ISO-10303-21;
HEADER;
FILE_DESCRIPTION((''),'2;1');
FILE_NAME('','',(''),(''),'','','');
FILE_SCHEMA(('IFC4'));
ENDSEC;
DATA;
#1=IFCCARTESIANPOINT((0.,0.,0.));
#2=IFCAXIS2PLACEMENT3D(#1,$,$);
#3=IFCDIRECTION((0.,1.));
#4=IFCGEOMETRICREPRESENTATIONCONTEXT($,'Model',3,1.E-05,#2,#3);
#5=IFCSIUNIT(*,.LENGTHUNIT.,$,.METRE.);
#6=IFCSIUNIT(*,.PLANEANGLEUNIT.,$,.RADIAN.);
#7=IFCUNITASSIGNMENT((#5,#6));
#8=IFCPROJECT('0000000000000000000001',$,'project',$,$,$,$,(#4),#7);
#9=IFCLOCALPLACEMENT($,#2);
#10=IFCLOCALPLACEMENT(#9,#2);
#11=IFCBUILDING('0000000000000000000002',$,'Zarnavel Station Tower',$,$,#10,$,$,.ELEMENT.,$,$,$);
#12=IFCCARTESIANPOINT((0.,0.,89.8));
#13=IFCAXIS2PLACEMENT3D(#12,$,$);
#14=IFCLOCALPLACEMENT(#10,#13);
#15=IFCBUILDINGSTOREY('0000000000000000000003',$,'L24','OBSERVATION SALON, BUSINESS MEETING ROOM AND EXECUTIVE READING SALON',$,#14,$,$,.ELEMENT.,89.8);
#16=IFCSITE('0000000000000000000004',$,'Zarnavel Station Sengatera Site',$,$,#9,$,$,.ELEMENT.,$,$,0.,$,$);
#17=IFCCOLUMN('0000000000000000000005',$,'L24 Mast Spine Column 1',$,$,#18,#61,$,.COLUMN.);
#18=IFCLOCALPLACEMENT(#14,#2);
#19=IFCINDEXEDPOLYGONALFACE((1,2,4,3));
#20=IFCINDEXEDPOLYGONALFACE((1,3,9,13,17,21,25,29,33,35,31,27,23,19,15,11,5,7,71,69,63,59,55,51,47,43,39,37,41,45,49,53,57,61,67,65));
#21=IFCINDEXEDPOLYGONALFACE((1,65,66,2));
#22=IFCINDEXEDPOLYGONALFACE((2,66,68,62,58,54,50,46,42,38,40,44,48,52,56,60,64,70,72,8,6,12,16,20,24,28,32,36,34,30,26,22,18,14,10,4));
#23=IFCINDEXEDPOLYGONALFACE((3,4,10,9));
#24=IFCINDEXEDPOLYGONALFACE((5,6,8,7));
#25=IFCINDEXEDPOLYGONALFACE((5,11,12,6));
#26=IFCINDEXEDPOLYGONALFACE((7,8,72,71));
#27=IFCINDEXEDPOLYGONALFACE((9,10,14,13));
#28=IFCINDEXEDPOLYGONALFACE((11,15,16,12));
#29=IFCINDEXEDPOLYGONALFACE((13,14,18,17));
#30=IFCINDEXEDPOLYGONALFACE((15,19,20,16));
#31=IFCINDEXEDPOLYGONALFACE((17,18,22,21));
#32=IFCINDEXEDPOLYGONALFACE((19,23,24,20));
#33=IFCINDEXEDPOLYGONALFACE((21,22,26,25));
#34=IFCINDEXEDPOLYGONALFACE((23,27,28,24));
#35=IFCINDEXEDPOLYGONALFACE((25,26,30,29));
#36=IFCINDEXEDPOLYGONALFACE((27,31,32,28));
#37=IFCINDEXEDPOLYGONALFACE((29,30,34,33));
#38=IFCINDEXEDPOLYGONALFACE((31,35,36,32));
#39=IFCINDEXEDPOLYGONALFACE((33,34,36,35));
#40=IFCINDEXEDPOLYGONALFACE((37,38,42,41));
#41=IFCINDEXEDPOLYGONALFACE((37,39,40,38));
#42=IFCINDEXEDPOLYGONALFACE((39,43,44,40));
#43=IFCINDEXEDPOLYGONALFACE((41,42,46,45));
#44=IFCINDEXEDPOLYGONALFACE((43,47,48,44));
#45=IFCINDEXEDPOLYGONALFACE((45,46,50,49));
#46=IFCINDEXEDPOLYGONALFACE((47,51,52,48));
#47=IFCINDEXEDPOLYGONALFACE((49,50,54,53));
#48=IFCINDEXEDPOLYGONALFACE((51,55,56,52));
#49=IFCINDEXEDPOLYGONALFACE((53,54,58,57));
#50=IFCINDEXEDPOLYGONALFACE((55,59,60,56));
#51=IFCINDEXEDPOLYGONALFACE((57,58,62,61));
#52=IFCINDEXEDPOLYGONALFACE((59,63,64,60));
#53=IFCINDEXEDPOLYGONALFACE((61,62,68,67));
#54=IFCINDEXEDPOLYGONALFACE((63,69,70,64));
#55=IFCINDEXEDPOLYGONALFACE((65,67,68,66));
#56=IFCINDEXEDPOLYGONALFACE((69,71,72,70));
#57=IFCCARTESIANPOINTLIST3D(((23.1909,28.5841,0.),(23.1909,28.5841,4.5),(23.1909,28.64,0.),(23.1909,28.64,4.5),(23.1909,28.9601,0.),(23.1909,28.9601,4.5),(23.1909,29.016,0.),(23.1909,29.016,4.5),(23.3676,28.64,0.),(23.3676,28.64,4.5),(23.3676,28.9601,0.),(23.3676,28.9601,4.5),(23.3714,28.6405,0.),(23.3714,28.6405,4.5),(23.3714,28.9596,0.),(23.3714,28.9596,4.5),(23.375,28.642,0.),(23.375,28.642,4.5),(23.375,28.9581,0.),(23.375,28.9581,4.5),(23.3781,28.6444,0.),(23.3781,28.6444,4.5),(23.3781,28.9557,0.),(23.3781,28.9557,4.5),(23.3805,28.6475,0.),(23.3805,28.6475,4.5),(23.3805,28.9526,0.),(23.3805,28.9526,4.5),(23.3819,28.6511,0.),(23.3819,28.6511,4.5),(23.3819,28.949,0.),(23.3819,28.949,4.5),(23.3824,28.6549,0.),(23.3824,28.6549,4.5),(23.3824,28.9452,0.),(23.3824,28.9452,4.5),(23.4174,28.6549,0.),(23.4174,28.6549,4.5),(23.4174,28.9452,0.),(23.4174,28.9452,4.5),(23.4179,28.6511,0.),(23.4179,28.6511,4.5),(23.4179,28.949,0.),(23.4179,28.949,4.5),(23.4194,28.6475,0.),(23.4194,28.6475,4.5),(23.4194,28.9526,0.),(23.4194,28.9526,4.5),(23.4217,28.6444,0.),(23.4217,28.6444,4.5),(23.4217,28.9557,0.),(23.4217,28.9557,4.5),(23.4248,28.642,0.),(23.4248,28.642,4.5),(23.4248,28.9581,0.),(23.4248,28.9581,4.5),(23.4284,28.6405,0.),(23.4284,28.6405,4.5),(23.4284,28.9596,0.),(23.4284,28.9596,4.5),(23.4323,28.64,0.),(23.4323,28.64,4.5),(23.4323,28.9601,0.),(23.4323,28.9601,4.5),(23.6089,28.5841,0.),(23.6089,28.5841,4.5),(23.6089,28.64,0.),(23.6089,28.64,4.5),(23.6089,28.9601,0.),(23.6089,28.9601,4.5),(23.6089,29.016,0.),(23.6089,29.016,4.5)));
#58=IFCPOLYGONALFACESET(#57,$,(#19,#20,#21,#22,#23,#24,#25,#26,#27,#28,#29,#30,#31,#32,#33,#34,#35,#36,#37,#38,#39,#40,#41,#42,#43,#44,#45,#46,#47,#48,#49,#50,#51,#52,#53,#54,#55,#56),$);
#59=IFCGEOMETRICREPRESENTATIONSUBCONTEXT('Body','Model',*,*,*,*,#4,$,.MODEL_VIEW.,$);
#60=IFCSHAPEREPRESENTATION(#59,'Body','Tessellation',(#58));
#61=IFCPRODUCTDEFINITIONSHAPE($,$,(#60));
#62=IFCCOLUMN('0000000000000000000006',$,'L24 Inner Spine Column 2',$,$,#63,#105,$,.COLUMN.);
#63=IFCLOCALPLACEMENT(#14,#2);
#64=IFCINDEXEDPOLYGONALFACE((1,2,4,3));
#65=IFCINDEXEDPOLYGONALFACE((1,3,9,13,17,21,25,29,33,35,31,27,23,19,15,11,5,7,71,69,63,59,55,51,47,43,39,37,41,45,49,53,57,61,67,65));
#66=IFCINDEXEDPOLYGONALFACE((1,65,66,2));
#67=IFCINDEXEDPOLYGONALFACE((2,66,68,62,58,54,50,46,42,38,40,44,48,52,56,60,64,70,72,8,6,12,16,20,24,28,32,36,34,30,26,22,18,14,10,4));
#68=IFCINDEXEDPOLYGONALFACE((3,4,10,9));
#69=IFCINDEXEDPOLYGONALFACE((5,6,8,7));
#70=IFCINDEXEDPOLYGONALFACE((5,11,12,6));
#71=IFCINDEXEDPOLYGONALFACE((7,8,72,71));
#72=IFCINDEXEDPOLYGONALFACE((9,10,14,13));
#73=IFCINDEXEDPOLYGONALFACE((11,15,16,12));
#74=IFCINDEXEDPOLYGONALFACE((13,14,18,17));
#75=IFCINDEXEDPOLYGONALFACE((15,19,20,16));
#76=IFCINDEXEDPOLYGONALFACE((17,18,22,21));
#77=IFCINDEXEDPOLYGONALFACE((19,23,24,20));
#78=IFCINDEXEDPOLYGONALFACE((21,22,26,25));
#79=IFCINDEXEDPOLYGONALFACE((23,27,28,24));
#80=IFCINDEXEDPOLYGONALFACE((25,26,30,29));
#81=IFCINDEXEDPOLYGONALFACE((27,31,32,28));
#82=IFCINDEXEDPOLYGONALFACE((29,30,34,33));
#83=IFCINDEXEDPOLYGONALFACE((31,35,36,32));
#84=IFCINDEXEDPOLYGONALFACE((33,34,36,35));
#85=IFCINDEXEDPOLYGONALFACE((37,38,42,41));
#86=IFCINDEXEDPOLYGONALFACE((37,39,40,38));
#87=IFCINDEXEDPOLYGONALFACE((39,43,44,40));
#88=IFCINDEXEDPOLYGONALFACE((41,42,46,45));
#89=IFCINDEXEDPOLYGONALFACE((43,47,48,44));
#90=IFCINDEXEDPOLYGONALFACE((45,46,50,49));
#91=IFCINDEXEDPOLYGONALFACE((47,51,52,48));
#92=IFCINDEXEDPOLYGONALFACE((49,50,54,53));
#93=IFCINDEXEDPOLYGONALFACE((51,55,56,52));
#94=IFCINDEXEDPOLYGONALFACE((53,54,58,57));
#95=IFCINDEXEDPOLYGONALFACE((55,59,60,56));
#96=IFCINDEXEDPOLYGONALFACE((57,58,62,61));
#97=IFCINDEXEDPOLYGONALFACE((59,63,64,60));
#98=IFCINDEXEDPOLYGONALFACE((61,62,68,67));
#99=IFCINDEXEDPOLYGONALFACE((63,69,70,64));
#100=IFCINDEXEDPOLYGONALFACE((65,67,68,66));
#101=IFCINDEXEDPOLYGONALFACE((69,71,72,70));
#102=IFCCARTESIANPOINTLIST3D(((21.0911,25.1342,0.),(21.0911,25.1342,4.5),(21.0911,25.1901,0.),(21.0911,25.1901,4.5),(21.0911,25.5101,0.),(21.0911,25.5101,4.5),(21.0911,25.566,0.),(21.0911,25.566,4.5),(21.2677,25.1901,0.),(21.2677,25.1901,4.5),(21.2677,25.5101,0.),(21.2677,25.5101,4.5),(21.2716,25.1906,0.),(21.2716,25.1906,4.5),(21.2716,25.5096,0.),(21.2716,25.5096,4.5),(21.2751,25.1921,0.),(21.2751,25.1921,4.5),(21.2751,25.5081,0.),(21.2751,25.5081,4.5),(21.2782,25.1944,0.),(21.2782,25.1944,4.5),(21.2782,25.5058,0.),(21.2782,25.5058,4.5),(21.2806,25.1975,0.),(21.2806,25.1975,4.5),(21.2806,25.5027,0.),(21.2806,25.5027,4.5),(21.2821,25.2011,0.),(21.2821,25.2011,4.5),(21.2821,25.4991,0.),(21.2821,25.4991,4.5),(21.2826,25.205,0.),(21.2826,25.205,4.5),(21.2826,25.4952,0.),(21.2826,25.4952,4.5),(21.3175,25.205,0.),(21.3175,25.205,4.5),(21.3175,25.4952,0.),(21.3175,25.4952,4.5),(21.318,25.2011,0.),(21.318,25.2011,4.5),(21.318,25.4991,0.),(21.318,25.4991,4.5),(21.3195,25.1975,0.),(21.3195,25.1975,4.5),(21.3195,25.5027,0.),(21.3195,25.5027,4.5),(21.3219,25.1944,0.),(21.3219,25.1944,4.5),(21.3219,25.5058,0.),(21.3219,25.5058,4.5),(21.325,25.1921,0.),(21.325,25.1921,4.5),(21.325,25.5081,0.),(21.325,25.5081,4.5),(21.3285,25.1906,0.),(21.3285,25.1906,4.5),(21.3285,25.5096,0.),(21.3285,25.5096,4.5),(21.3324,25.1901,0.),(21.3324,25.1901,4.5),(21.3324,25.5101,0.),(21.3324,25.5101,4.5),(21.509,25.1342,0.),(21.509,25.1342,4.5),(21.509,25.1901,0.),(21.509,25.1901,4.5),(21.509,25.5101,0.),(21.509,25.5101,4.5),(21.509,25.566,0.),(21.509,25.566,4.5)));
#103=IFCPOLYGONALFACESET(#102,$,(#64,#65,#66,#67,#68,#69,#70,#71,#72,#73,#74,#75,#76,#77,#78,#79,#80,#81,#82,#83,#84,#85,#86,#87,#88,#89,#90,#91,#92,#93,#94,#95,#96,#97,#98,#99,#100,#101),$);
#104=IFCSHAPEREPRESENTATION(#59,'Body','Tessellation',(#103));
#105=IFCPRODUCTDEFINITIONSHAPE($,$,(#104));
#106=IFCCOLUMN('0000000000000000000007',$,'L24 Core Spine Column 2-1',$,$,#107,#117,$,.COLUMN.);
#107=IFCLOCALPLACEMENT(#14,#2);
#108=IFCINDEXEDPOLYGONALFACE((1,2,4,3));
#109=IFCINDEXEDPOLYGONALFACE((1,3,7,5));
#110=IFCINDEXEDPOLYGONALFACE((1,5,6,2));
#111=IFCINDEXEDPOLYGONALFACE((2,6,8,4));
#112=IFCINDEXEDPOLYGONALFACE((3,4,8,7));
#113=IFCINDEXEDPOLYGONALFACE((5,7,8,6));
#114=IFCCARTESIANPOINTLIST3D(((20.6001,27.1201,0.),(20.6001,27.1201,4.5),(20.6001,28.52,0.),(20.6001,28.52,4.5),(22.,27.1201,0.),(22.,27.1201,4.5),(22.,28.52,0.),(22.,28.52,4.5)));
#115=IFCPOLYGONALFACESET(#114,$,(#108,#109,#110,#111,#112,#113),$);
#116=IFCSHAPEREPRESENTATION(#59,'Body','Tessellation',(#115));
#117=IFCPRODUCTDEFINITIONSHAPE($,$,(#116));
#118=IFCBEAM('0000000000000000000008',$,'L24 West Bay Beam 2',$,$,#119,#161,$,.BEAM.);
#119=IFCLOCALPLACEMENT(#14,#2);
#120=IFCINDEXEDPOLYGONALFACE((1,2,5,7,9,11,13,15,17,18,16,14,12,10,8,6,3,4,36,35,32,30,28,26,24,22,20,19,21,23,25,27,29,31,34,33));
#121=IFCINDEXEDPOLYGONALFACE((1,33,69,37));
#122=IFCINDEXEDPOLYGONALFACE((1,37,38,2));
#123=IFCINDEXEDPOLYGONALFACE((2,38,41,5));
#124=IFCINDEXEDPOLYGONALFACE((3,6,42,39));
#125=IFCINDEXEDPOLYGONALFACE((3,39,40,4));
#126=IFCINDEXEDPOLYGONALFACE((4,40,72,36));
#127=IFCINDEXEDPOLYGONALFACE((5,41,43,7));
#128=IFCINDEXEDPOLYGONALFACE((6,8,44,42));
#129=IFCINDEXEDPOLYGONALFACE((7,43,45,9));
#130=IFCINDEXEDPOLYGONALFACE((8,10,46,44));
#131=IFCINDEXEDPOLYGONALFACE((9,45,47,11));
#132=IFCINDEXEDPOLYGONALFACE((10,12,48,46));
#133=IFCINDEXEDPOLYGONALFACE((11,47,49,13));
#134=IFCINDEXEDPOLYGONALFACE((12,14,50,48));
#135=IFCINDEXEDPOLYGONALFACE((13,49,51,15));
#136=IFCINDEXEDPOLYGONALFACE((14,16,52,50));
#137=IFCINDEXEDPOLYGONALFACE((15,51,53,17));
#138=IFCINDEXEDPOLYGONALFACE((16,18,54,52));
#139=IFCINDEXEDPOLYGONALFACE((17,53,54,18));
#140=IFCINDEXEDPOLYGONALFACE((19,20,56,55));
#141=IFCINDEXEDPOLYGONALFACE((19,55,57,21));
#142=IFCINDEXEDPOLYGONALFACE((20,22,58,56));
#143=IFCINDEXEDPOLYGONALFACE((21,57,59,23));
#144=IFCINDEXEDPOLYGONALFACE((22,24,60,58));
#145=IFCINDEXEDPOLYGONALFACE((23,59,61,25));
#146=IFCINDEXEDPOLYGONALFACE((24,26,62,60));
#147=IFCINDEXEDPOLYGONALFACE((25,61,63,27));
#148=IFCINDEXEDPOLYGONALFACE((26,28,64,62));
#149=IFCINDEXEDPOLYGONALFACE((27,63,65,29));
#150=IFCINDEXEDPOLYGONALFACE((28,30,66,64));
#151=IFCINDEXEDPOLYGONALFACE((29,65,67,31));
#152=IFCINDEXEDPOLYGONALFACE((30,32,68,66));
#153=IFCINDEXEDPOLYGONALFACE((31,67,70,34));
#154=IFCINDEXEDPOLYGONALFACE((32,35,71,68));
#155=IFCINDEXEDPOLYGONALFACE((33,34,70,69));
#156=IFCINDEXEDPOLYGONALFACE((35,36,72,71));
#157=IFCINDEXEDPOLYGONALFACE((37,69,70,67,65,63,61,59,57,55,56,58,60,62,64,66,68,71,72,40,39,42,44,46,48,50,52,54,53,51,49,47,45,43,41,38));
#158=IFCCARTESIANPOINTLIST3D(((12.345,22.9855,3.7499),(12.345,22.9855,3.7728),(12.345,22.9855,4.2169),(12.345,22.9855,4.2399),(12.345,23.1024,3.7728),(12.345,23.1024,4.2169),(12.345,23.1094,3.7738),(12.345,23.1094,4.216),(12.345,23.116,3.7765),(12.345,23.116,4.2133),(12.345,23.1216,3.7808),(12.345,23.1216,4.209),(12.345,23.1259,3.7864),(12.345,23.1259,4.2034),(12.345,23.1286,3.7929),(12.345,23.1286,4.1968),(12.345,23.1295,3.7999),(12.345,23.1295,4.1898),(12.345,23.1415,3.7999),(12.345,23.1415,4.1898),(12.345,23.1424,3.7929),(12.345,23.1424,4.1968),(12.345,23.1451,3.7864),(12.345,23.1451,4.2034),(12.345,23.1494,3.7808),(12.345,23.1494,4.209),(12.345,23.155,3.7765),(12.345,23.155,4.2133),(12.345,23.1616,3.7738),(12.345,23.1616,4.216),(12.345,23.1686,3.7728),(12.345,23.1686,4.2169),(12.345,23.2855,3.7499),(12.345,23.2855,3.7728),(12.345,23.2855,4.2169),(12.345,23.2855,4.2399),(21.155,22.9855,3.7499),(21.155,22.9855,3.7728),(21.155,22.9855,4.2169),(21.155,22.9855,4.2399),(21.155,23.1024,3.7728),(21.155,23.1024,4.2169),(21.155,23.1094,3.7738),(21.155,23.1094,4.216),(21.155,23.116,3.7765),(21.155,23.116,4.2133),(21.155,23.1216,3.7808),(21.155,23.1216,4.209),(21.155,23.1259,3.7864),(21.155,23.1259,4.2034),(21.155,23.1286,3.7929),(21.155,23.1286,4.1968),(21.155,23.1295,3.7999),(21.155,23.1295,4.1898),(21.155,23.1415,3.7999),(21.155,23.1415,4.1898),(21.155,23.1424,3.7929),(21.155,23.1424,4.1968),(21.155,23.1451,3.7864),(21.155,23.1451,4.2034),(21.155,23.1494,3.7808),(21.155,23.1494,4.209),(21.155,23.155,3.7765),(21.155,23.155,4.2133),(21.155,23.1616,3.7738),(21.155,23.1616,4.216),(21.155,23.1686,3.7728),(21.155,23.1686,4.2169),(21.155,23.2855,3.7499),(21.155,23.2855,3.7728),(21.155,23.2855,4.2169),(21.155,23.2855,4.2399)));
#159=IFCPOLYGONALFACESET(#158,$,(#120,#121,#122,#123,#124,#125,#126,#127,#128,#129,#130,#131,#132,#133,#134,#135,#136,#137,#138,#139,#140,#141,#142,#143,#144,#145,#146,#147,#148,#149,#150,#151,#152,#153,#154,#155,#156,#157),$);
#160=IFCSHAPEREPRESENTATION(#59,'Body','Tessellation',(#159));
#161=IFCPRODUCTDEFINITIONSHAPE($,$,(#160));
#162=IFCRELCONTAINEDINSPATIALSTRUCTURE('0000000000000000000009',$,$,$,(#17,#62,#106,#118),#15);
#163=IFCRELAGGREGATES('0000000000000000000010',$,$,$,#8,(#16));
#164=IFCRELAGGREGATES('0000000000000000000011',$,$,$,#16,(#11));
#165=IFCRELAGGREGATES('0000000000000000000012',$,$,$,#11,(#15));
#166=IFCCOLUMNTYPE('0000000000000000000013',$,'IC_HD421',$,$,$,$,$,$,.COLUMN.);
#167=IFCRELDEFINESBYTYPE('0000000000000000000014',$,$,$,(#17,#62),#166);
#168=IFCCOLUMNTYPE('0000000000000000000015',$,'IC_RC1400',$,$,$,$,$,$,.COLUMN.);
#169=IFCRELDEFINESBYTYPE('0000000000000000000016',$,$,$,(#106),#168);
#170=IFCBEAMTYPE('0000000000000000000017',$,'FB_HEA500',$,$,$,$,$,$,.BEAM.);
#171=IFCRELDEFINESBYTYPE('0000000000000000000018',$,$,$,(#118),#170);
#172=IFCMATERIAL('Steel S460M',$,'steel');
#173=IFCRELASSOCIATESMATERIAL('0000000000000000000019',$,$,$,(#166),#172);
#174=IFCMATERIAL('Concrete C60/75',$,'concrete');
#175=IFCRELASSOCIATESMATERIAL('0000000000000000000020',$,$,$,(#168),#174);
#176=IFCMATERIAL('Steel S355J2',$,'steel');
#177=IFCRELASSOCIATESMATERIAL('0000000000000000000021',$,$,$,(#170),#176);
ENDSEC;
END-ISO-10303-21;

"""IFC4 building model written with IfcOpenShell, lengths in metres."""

from ifc_helpers import new_model, si_unit, direction, frame, origin, origin_2d, place, context, subcontext, project, spatial, rectangle, i_section, extrude, material, material_profile, profile_set, type_object, element, save


model = new_model("IFC4")

# Units and contexts
model_context = context("Model", 3, precision=1e-05, world=origin(), true_north=direction((0.0, 1.0)))
body_context = subcontext(model_context, "Body", "Model", "MODEL_VIEW")
ifc_project = project(units=[si_unit("LENGTHUNIT", "METRE"), si_unit("PLANEANGLEUNIT", "RADIAN")], contexts=[model_context])

# Site, building, storey
site_placement = place(None, origin())
site = spatial("IfcSite", under=ifc_project, at=site_placement, Name="Zarnavel Station Sengatera Site", CompositionType="ELEMENT", RefElevation=0.0)
building_placement = place(site_placement, origin())
building = spatial("IfcBuilding", under=site, at=building_placement, Name="Zarnavel Station Tower", CompositionType="ELEMENT")
storey_placement = place(building_placement, frame((0.0, 0.0, 89.8)))
storey = spatial("IfcBuildingStorey", under=building, at=storey_placement, Name="L24", Description="OBSERVATION SALON, BUSINESS MEETING ROOM AND EXECUTIVE READING SALON", CompositionType="ELEMENT", Elevation=89.8)

# Columns
ifc_material_1 = material(Name="Steel S460M", Category="steel")
ifc_material_profile_1 = material_profile(ifc_material_1, i_section(OverallWidth=0.418, OverallDepth=0.4319, WebThickness=0.0349, FlangeThickness=0.0559, FilletRadius=0.0149, at=origin_2d()), Name="HD400x421")
ifc_profile_set_1 = profile_set([ifc_material_profile_1], Name="Steel S460M")
column_type_1 = type_object("IfcColumnType", Name="IC_HD421", PredefinedType="COLUMN", material=ifc_profile_set_1)
for number, where, z_axis, x_axis, name in (
    (1, (23.3999, 28.8, 0.0), (0.0, 0.0, 1.0), (1.0, 0.0, 0.0), "L24 Mast Spine Column 1"),
    (2, (21.3, 25.3501, 0.0), (0.0, 0.0, 1.0), (1.0, 0.0, 0.0), "L24 Inner Spine Column 2"),
):
    element("IfcColumn", number, at=place(storey_placement, frame(where, z_axis=z_axis, x_axis=x_axis)), inside=storey, type_object=column_type_1, Name=name, PredefinedType="COLUMN", context=body_context, shape_type="SweptSolid", body=[
        extrude(i_section(OverallWidth=0.418, OverallDepth=0.4319, WebThickness=0.0349, FlangeThickness=0.0559, FilletRadius=0.0149, at=origin_2d()), origin(), (0.0, 0.0, 1.0), 4.5),
    ])
ifc_material_2 = material(Name="Concrete C60/75", Category="concrete")
ifc_material_profile_2 = material_profile(ifc_material_2, rectangle(XDim=1.3999, YDim=1.3999, at=origin_2d()), Name="RC1400x1400")
ifc_profile_set_2 = profile_set([ifc_material_profile_2], Name="Concrete C60/75")
column_type_2 = type_object("IfcColumnType", Name="IC_RC1400", PredefinedType="COLUMN", material=ifc_profile_set_2)
column_placement = place(storey_placement, frame((21.3, 27.8201, 0.0), z_axis=(0.0, 0.0, 1.0), x_axis=(1.0, 0.0, 0.0)))
element("IfcColumn", 3, at=column_placement, inside=storey, type_object=column_type_2, Name="L24 Core Spine Column 2-1", PredefinedType="COLUMN", context=body_context, shape_type="SweptSolid", body=[
    extrude(rectangle(XDim=1.3999, YDim=1.3999, at=origin_2d()), origin(), (0.0, 0.0, 1.0), 4.5),
])

# Beam
ifc_material_3 = material(Name="Steel S355J2", Category="steel")
ifc_material_profile_3 = material_profile(ifc_material_3, i_section(OverallWidth=0.3, OverallDepth=0.49, WebThickness=0.012, FlangeThickness=0.0229, FilletRadius=0.0271, at=origin_2d()), Name="HEA500")
ifc_profile_set_3 = profile_set([ifc_material_profile_3], Name="Steel S355J2")
beam_type_1 = type_object("IfcBeamType", Name="FB_HEA500", PredefinedType="BEAM", material=ifc_profile_set_3)
beam_1_placement = place(storey_placement, frame((12.345, 23.1355, 3.9949), z_axis=(1.0, 0.0, 0.0), x_axis=(0.0, 1.0, 0.0)))
element("IfcBeam", 4, at=beam_1_placement, inside=storey, type_object=beam_type_1, Name="L24 West Bay Beam 2", PredefinedType="BEAM", context=body_context, shape_type="SweptSolid", body=[
    extrude(i_section(OverallWidth=0.3, OverallDepth=0.49, WebThickness=0.012, FlangeThickness=0.0229, FilletRadius=0.0271, at=origin_2d()), origin(), (0.0, 0.0, 1.0), 8.8101),
])

save(model, "model.ifc")
